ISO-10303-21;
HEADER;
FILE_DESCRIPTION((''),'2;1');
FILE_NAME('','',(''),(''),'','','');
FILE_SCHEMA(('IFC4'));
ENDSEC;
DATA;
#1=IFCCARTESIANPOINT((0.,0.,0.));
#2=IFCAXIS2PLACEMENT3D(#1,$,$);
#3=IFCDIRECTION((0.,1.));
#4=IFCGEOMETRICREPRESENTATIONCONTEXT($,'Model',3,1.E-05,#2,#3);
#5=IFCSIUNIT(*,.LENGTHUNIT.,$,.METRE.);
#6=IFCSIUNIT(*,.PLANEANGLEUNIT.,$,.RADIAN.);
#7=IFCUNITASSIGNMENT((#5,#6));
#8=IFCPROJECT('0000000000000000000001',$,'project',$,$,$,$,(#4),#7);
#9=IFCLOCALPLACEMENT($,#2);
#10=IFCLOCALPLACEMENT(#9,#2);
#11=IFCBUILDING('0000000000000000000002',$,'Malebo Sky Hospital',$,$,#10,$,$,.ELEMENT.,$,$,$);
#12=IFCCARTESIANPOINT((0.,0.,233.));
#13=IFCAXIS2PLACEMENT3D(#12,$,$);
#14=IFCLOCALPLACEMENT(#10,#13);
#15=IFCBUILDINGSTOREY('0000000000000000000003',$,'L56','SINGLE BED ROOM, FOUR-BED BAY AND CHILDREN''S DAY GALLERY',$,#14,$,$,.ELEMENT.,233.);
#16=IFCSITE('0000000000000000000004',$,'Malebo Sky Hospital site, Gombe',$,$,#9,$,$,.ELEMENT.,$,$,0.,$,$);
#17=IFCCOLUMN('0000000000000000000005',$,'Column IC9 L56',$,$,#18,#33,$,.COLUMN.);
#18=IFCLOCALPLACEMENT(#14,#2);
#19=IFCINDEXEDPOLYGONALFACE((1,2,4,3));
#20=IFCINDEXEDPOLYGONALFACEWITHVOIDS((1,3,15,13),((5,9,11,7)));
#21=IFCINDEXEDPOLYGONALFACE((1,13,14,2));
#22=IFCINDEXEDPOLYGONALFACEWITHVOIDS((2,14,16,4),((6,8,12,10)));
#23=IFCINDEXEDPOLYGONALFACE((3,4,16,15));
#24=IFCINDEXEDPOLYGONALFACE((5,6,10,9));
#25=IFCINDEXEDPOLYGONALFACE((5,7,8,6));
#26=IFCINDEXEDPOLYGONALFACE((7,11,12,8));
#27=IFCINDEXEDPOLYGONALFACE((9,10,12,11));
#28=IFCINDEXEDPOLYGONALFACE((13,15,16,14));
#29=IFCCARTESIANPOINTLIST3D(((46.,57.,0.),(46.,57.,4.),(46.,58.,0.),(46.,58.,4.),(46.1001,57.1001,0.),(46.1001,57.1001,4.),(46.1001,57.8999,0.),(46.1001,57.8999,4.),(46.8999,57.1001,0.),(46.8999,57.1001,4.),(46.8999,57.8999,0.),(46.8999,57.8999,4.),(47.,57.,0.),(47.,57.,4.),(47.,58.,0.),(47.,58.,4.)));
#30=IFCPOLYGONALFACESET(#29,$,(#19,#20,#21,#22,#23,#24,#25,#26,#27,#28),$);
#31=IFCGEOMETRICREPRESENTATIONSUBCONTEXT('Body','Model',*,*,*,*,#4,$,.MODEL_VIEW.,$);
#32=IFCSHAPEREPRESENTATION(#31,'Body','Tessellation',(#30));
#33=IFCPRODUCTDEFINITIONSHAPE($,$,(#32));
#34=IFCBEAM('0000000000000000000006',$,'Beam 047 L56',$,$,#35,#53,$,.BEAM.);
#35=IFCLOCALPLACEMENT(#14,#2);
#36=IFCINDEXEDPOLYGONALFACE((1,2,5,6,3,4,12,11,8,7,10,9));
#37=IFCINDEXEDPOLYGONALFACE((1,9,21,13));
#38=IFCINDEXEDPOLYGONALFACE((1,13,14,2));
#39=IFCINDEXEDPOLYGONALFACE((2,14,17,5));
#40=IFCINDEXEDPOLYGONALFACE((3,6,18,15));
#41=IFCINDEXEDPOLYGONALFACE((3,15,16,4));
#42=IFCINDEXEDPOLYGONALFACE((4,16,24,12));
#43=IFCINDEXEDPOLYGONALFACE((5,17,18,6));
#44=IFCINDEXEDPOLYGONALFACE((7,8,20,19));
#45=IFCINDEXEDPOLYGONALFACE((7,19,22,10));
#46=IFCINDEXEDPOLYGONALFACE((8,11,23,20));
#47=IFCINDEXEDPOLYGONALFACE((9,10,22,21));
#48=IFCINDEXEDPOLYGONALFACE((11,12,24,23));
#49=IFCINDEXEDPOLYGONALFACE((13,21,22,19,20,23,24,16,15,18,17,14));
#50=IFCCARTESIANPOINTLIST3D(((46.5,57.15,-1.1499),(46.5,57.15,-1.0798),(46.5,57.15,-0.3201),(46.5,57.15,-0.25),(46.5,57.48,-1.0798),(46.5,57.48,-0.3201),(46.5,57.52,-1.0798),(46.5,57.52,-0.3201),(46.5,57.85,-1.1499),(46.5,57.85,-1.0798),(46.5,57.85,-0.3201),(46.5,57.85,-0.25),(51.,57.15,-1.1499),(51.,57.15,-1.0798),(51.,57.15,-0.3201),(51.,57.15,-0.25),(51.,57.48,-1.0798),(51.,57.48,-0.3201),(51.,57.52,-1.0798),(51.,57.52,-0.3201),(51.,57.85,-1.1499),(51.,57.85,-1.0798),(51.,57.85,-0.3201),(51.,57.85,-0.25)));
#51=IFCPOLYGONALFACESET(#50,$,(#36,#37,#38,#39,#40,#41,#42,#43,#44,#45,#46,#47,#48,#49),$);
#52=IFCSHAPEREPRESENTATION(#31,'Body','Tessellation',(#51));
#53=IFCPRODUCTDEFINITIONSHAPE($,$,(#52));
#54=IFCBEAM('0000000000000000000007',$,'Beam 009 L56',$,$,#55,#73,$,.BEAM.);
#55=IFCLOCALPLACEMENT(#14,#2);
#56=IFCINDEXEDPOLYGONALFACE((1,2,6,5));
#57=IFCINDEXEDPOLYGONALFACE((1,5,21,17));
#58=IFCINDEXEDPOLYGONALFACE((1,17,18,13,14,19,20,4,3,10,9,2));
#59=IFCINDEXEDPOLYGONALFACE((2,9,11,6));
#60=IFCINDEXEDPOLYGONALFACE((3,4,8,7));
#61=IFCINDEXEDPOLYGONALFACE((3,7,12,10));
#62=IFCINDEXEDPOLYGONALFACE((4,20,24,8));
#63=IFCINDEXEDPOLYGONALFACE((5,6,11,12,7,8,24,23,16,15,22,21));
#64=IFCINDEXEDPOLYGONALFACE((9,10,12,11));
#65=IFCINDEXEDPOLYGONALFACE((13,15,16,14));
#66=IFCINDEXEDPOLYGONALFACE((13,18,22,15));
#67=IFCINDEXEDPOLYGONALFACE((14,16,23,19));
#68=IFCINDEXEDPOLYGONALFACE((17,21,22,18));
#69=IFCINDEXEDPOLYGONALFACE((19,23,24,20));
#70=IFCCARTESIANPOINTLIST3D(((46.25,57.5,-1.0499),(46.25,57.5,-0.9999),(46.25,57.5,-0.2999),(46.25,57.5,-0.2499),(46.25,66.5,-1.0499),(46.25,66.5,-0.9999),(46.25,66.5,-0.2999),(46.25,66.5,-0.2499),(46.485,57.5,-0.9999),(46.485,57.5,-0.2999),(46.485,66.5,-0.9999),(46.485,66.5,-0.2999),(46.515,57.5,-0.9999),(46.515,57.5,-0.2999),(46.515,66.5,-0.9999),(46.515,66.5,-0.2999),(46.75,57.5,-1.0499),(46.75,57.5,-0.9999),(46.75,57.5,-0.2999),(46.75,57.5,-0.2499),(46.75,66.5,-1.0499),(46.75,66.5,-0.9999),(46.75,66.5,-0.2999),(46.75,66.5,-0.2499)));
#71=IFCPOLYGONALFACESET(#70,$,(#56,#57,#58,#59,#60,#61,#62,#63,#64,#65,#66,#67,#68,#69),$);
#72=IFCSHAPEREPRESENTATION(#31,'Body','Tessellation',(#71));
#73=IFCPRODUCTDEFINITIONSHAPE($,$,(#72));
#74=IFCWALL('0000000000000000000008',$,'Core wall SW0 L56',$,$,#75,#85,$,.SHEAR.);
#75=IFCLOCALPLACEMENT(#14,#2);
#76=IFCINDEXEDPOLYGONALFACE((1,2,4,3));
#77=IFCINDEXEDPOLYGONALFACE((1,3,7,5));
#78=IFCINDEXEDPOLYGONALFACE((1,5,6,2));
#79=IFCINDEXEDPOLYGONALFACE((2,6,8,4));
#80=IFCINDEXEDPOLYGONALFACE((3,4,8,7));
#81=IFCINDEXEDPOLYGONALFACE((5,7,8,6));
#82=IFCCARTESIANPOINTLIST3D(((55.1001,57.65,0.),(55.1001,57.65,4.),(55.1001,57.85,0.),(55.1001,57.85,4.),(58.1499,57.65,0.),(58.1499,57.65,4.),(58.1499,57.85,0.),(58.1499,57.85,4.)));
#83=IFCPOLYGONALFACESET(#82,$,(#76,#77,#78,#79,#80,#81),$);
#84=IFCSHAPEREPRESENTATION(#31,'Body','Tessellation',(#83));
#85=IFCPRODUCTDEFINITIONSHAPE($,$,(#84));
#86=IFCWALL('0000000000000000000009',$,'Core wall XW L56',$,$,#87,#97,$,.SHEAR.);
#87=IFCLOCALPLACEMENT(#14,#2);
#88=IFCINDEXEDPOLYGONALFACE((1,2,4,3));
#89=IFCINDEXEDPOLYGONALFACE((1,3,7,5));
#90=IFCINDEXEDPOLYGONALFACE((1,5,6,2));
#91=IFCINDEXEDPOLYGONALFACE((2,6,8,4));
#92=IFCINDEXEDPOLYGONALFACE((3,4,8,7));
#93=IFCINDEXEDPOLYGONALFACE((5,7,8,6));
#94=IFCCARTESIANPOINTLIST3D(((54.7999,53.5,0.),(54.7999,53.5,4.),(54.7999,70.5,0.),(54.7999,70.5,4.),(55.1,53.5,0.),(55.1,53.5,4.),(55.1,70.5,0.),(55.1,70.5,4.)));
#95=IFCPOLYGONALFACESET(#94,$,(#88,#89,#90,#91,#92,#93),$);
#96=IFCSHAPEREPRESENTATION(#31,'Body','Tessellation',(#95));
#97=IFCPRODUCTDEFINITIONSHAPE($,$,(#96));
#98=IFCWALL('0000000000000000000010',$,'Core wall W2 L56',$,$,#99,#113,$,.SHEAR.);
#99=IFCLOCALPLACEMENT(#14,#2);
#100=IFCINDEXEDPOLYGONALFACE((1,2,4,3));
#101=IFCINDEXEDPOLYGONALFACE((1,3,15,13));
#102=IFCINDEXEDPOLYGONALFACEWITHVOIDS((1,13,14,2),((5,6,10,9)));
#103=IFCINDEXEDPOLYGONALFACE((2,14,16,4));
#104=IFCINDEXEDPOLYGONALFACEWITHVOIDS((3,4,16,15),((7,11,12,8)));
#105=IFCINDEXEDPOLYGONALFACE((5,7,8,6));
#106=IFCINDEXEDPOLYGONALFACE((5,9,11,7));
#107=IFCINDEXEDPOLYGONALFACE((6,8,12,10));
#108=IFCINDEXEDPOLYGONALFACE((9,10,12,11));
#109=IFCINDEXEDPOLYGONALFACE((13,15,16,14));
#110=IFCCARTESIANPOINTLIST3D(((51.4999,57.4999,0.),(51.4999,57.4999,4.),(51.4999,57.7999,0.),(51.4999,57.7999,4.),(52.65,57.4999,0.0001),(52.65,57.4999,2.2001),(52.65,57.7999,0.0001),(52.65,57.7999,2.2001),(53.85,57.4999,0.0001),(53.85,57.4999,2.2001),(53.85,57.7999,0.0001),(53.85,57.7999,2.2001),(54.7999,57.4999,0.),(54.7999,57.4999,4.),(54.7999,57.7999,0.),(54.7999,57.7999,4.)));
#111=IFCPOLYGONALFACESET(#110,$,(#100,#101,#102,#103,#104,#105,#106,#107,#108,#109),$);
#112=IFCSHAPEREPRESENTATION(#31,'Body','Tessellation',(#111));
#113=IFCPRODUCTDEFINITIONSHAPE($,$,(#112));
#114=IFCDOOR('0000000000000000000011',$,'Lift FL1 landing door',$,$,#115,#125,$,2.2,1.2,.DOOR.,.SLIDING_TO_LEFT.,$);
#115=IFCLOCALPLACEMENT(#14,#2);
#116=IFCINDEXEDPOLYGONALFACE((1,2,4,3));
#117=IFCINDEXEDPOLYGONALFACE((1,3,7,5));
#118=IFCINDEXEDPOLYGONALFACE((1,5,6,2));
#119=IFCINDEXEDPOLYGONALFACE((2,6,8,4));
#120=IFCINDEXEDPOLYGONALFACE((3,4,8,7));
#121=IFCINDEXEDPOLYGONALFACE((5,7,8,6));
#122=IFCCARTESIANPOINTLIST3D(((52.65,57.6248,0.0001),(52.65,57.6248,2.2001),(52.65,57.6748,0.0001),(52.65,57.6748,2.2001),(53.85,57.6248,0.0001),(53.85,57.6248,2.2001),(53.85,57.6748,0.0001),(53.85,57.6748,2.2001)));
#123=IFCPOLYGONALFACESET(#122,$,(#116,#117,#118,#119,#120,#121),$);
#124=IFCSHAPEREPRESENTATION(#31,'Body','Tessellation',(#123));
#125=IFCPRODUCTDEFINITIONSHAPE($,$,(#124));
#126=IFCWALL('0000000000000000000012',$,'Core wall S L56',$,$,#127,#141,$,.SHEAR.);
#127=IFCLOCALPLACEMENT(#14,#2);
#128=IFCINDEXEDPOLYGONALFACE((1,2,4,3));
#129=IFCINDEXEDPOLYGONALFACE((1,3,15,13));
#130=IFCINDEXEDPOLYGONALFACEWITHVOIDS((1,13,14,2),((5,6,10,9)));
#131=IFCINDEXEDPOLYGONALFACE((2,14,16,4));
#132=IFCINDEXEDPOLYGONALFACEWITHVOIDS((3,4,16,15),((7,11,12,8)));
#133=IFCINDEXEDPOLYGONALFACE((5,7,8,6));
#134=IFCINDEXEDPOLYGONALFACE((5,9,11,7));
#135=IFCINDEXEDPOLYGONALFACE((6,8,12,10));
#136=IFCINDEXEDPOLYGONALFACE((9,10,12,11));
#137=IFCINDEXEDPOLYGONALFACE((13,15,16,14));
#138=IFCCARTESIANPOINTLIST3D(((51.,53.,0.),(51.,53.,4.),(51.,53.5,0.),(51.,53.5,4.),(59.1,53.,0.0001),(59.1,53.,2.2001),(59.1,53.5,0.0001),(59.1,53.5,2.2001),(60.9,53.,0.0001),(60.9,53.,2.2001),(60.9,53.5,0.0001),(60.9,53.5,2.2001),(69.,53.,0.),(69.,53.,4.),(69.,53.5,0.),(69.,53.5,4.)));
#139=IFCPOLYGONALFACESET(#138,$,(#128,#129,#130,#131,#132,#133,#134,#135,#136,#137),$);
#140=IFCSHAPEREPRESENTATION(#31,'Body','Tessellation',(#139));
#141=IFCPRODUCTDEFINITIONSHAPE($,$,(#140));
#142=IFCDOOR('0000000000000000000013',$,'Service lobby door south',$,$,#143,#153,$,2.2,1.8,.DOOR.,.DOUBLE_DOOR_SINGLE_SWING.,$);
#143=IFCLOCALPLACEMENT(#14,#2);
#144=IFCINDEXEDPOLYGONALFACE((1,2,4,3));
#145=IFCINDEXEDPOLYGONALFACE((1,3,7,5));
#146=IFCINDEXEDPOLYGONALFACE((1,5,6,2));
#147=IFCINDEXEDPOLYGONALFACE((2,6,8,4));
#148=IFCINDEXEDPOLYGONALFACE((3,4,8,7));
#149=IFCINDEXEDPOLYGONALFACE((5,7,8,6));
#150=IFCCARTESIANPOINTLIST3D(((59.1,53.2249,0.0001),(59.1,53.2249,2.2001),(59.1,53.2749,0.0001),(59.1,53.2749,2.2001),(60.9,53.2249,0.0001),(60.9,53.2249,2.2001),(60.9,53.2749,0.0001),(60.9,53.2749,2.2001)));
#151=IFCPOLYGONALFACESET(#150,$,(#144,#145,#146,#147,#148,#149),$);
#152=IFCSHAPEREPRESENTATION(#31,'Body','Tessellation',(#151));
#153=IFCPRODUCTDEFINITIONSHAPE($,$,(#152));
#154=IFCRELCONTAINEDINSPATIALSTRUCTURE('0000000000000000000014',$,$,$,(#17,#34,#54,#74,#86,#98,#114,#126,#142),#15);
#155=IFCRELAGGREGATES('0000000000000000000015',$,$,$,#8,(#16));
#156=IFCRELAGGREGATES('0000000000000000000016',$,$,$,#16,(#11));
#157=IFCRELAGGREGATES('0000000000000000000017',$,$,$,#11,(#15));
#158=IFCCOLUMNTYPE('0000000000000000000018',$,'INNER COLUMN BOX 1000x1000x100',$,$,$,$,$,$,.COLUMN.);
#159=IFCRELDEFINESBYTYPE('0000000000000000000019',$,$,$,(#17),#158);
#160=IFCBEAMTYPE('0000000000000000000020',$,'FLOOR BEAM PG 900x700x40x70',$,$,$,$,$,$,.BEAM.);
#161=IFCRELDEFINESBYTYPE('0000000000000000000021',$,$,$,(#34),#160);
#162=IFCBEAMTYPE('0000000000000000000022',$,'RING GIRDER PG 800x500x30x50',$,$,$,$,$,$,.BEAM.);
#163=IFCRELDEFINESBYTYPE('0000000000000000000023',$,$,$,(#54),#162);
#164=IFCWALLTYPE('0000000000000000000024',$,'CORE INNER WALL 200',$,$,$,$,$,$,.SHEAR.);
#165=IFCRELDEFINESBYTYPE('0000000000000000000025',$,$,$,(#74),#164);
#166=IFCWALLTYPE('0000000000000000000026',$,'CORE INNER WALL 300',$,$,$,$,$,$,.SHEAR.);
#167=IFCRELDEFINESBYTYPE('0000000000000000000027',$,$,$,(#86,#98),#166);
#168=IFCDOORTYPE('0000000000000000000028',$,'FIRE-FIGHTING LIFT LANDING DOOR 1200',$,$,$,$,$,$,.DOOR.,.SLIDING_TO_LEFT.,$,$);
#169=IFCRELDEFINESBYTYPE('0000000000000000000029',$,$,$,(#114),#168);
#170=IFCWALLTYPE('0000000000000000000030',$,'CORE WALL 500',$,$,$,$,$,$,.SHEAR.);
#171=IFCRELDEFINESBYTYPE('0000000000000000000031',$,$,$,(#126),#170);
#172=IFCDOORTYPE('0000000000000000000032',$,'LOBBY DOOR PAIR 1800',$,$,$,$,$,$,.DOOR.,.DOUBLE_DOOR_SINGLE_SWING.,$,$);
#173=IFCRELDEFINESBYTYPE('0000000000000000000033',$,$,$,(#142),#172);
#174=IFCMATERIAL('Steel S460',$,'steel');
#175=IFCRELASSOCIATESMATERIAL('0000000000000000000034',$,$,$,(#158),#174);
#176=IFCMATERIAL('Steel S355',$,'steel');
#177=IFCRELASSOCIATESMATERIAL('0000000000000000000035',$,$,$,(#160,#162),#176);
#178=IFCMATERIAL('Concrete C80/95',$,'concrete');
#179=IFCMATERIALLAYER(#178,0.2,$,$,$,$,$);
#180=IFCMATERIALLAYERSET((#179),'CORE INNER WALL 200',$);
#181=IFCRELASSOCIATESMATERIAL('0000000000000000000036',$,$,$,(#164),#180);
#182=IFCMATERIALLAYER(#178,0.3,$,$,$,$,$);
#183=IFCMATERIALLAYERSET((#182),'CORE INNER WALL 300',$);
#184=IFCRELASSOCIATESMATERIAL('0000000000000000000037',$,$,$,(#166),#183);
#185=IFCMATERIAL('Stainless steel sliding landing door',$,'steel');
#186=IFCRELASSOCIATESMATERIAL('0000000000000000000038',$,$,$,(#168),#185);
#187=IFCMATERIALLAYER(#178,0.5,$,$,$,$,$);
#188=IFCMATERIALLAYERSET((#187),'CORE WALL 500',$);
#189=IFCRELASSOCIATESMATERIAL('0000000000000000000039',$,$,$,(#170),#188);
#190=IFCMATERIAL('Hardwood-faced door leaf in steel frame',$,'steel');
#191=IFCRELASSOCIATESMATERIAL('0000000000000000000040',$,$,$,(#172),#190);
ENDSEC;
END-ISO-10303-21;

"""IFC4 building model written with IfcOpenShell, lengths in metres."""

from ifc_helpers import new_model, si_unit, direction, frame, frame_2d, origin, origin_2d, place, context, subcontext, project, spatial, rectangle, hollow_rectangle, i_section, extrude, material, layer, layer_set, material_profile, profile_set, type_object, element, fill, save


model = new_model("IFC4")

# Units and contexts
model_context = context("Model", 3, precision=1e-05, world=origin(), true_north=direction((0.0, 1.0)))
body_context = subcontext(model_context, "Body", "Model", "MODEL_VIEW")
ifc_project = project(units=[si_unit("LENGTHUNIT", "METRE"), si_unit("PLANEANGLEUNIT", "RADIAN")], contexts=[model_context])

# Site, building, storey
site_placement = place(None, origin())
site = spatial("IfcSite", under=ifc_project, at=site_placement, Name="Malebo Sky Hospital site, Gombe", CompositionType="ELEMENT", RefElevation=0.0)
building_placement = place(site_placement, origin())
building = spatial("IfcBuilding", under=site, at=building_placement, Name="Malebo Sky Hospital", CompositionType="ELEMENT")
storey_placement = place(building_placement, frame((0.0, 0.0, 233.0)))
storey = spatial("IfcBuildingStorey", under=building, at=storey_placement, Name="L56", Description="SINGLE BED ROOM, FOUR-BED BAY AND CHILDREN'S DAY GALLERY", CompositionType="ELEMENT", Elevation=233.0)

# Column
ifc_material_1 = material(Name="Steel S460", Category="steel")
ifc_material_profile_1 = material_profile(ifc_material_1, hollow_rectangle(XDim=1.0, YDim=1.0, WallThickness=0.1001, at=origin_2d()), Name="BOX 1000x1000x100")
ifc_profile_set_1 = profile_set([ifc_material_profile_1], Name="Steel S460")
column_type = type_object("IfcColumnType", Name="INNER COLUMN BOX 1000x1000x100", PredefinedType="COLUMN", material=ifc_profile_set_1)
column_placement = place(storey_placement, frame((46.5, 57.5, 0.0), z_axis=(0.0, 0.0, 1.0), x_axis=(1.0, 0.0, 0.0)))
element("IfcColumn", 1, at=column_placement, inside=storey, type_object=column_type, Name="Column IC9 L56", PredefinedType="COLUMN", context=body_context, shape_type="SweptSolid", body=[
    extrude(hollow_rectangle(XDim=1.0, YDim=1.0, WallThickness=0.1001, at=origin_2d()), origin(), (0.0, 0.0, 1.0), 4.0),
])

# Beams
ifc_material_2 = material(Name="Steel S355", Category="steel")
ifc_material_profile_2 = material_profile(ifc_material_2, i_section(OverallWidth=0.7, OverallDepth=0.8999, WebThickness=0.04, FlangeThickness=0.0701, at=origin_2d()), Name="PG 900x700x40x70")
ifc_profile_set_2 = profile_set([ifc_material_profile_2], Name="Steel S355")
beam_type_1 = type_object("IfcBeamType", Name="FLOOR BEAM PG 900x700x40x70", PredefinedType="BEAM", material=ifc_profile_set_2)
beam_1_placement = place(storey_placement, frame((46.5, 57.5, -0.7), z_axis=(1.0, 0.0, 0.0), x_axis=(0.0, 1.0, 0.0)))
element("IfcBeam", 2, at=beam_1_placement, inside=storey, type_object=beam_type_1, Name="Beam 047 L56", PredefinedType="BEAM", context=body_context, shape_type="SweptSolid", body=[
    extrude(i_section(OverallWidth=0.7, OverallDepth=0.8999, WebThickness=0.04, FlangeThickness=0.0701, at=origin_2d()), origin(), (0.0, 0.0, 1.0), 4.5),
])
ifc_material_profile_3 = material_profile(ifc_material_2, i_section(OverallWidth=0.5, OverallDepth=0.8, WebThickness=0.03, FlangeThickness=0.05, at=origin_2d()), Name="PG 800x500x30x50")
ifc_profile_set_3 = profile_set([ifc_material_profile_3], Name="Steel S355")
beam_type_2 = type_object("IfcBeamType", Name="RING GIRDER PG 800x500x30x50", PredefinedType="BEAM", material=ifc_profile_set_3)
beam_2_placement = place(storey_placement, frame((46.5, 57.5, -0.6499), z_axis=(0.0, 1.0, 0.0), x_axis=(-1.0, 0.0, 0.0)))
element("IfcBeam", 3, at=beam_2_placement, inside=storey, type_object=beam_type_2, Name="Beam 009 L56", PredefinedType="BEAM", context=body_context, shape_type="SweptSolid", body=[
    extrude(i_section(OverallWidth=0.5, OverallDepth=0.8, WebThickness=0.03, FlangeThickness=0.05, at=origin_2d()), origin(), (0.0, 0.0, 1.0), 9.0),
])

# Walls
ifc_material_3 = material(Name="Concrete C80/95", Category="concrete")
ifc_layer_1 = layer(ifc_material_3, 0.2)
ifc_layer_set_1 = layer_set([ifc_layer_1], Name="CORE INNER WALL 200")
wall_type_1 = type_object("IfcWallType", Name="CORE INNER WALL 200", PredefinedType="SHEAR", material=ifc_layer_set_1)
wall_1_placement = place(storey_placement, frame((55.1001, 57.75, 0.0), z_axis=(0.0, 0.0, 1.0), x_axis=(1.0, 0.0, 0.0)))
element("IfcWall", 4, at=wall_1_placement, inside=storey, type_object=wall_type_1, Name="Core wall SW0 L56", PredefinedType="SHEAR", context=body_context, shape_type="SweptSolid", body=[
    extrude(rectangle(XDim=3.0498, YDim=0.2, at=frame_2d((1.5249, 0.0))), origin(), (0.0, 0.0, 1.0), 4.0),
])
ifc_layer_2 = layer(ifc_material_3, 0.3)
ifc_layer_set_2 = layer_set([ifc_layer_2], Name="CORE INNER WALL 300")
wall_type_2 = type_object("IfcWallType", Name="CORE INNER WALL 300", PredefinedType="SHEAR", material=ifc_layer_set_2)
wall_2_placement = place(storey_placement, frame((54.95, 53.5, 0.0), z_axis=(0.0, 0.0, 1.0), x_axis=(0.0, 1.0, 0.0)))
element("IfcWall", 5, at=wall_2_placement, inside=storey, type_object=wall_type_2, Name="Core wall XW L56", PredefinedType="SHEAR", context=body_context, shape_type="SweptSolid", body=[
    extrude(rectangle(XDim=17.0, YDim=0.3, at=frame_2d((8.5, 0.0))), origin(), (0.0, 0.0, 1.0), 4.0),
])

# Walls, openings, doors
wall_3_placement = place(storey_placement, frame((51.5, 57.6499, 0.0), z_axis=(0.0, 0.0, 1.0), x_axis=(1.0, 0.0, 0.0)))
wall_3 = element("IfcWall", 6, at=wall_3_placement, inside=storey, type_object=wall_type_2, Name="Core wall W2 L56", PredefinedType="SHEAR", context=body_context, shape_type="SweptSolid", body=[
    extrude(rectangle(XDim=3.3, YDim=0.3, at=frame_2d((1.6499, 0.0))), origin(), (0.0, 0.0, 1.0), 4.0),
])
opening_1_placement = place(wall_3_placement, frame((1.1499, 0.0, 0.0)))
opening_1 = element("IfcOpeningElement", 7, at=opening_1_placement, cuts=wall_3, PredefinedType="OPENING", context=body_context, shape_type="SweptSolid", body=[
    extrude(rectangle(XDim=1.2, YDim=2.2, at=frame_2d((0.6001, 1.1001))), frame((0.0, 0.1599, 0.0), z_axis=(0.0, -1.0, 0.0), x_axis=(1.0, 0.0, 0.0)), (0.0, 0.0, 1.0), 0.3201),
])
ifc_material_4 = material(Name="Stainless steel sliding landing door", Category="steel")
door_type_1 = type_object("IfcDoorType", Name="FIRE-FIGHTING LIFT LANDING DOOR 1200", OperationType="SLIDING_TO_LEFT", PredefinedType="DOOR", material=ifc_material_4)
door_1_placement = place(opening_1_placement, origin())
door_1 = element("IfcDoor", 8, at=door_1_placement, inside=storey, type_object=door_type_1, Name="Lift FL1 landing door", OperationType="SLIDING_TO_LEFT", OverallHeight=2.2, OverallWidth=1.2, PredefinedType="DOOR", context=body_context, shape_type="SweptSolid", body=[
    extrude(rectangle(XDim=1.2, YDim=2.2, at=frame_2d((0.6001, 1.1001))), frame((0.0, 0.0249, 0.0), z_axis=(0.0, -1.0, 0.0), x_axis=(1.0, 0.0, 0.0)), (0.0, 0.0, 1.0), 0.05),
])
fill(opening_1, door_1)
ifc_layer_3 = layer(ifc_material_3, 0.5)
ifc_layer_set_3 = layer_set([ifc_layer_3], Name="CORE WALL 500")
wall_type_3 = type_object("IfcWallType", Name="CORE WALL 500", PredefinedType="SHEAR", material=ifc_layer_set_3)
wall_4_placement = place(storey_placement, frame((51.0, 53.25, 0.0), z_axis=(0.0, 0.0, 1.0), x_axis=(1.0, 0.0, 0.0)))
wall_4 = element("IfcWall", 9, at=wall_4_placement, inside=storey, type_object=wall_type_3, Name="Core wall S L56", PredefinedType="SHEAR", context=body_context, shape_type="SweptSolid", body=[
    extrude(rectangle(XDim=18.0, YDim=0.5, at=frame_2d((9.0, 0.0))), origin(), (0.0, 0.0, 1.0), 4.0),
])
opening_2_placement = place(wall_4_placement, frame((8.1001, 0.0, 0.0)))
opening_2 = element("IfcOpeningElement", 10, at=opening_2_placement, cuts=wall_4, PredefinedType="OPENING", context=body_context, shape_type="SweptSolid", body=[
    extrude(rectangle(XDim=1.8, YDim=2.2, at=frame_2d((0.8999, 1.1001))), frame((0.0, 0.26, 0.0), z_axis=(0.0, -1.0, 0.0), x_axis=(1.0, 0.0, 0.0)), (0.0, 0.0, 1.0), 0.52),
])
ifc_material_5 = material(Name="Hardwood-faced door leaf in steel frame", Category="steel")
door_type_2 = type_object("IfcDoorType", Name="LOBBY DOOR PAIR 1800", OperationType="DOUBLE_DOOR_SINGLE_SWING", PredefinedType="DOOR", material=ifc_material_5)
door_2_placement = place(opening_2_placement, origin())
door_2 = element("IfcDoor", 11, at=door_2_placement, inside=storey, type_object=door_type_2, Name="Service lobby door south", OperationType="DOUBLE_DOOR_SINGLE_SWING", OverallHeight=2.2, OverallWidth=1.8, PredefinedType="DOOR", context=body_context, shape_type="SweptSolid", body=[
    extrude(rectangle(XDim=1.8, YDim=2.2, at=frame_2d((0.8999, 1.1001))), frame((0.0, 0.0249, 0.0), z_axis=(0.0, -1.0, 0.0), x_axis=(1.0, 0.0, 0.0)), (0.0, 0.0, 1.0), 0.05),
])
fill(opening_2, door_2)

save(model, "model.ifc")
